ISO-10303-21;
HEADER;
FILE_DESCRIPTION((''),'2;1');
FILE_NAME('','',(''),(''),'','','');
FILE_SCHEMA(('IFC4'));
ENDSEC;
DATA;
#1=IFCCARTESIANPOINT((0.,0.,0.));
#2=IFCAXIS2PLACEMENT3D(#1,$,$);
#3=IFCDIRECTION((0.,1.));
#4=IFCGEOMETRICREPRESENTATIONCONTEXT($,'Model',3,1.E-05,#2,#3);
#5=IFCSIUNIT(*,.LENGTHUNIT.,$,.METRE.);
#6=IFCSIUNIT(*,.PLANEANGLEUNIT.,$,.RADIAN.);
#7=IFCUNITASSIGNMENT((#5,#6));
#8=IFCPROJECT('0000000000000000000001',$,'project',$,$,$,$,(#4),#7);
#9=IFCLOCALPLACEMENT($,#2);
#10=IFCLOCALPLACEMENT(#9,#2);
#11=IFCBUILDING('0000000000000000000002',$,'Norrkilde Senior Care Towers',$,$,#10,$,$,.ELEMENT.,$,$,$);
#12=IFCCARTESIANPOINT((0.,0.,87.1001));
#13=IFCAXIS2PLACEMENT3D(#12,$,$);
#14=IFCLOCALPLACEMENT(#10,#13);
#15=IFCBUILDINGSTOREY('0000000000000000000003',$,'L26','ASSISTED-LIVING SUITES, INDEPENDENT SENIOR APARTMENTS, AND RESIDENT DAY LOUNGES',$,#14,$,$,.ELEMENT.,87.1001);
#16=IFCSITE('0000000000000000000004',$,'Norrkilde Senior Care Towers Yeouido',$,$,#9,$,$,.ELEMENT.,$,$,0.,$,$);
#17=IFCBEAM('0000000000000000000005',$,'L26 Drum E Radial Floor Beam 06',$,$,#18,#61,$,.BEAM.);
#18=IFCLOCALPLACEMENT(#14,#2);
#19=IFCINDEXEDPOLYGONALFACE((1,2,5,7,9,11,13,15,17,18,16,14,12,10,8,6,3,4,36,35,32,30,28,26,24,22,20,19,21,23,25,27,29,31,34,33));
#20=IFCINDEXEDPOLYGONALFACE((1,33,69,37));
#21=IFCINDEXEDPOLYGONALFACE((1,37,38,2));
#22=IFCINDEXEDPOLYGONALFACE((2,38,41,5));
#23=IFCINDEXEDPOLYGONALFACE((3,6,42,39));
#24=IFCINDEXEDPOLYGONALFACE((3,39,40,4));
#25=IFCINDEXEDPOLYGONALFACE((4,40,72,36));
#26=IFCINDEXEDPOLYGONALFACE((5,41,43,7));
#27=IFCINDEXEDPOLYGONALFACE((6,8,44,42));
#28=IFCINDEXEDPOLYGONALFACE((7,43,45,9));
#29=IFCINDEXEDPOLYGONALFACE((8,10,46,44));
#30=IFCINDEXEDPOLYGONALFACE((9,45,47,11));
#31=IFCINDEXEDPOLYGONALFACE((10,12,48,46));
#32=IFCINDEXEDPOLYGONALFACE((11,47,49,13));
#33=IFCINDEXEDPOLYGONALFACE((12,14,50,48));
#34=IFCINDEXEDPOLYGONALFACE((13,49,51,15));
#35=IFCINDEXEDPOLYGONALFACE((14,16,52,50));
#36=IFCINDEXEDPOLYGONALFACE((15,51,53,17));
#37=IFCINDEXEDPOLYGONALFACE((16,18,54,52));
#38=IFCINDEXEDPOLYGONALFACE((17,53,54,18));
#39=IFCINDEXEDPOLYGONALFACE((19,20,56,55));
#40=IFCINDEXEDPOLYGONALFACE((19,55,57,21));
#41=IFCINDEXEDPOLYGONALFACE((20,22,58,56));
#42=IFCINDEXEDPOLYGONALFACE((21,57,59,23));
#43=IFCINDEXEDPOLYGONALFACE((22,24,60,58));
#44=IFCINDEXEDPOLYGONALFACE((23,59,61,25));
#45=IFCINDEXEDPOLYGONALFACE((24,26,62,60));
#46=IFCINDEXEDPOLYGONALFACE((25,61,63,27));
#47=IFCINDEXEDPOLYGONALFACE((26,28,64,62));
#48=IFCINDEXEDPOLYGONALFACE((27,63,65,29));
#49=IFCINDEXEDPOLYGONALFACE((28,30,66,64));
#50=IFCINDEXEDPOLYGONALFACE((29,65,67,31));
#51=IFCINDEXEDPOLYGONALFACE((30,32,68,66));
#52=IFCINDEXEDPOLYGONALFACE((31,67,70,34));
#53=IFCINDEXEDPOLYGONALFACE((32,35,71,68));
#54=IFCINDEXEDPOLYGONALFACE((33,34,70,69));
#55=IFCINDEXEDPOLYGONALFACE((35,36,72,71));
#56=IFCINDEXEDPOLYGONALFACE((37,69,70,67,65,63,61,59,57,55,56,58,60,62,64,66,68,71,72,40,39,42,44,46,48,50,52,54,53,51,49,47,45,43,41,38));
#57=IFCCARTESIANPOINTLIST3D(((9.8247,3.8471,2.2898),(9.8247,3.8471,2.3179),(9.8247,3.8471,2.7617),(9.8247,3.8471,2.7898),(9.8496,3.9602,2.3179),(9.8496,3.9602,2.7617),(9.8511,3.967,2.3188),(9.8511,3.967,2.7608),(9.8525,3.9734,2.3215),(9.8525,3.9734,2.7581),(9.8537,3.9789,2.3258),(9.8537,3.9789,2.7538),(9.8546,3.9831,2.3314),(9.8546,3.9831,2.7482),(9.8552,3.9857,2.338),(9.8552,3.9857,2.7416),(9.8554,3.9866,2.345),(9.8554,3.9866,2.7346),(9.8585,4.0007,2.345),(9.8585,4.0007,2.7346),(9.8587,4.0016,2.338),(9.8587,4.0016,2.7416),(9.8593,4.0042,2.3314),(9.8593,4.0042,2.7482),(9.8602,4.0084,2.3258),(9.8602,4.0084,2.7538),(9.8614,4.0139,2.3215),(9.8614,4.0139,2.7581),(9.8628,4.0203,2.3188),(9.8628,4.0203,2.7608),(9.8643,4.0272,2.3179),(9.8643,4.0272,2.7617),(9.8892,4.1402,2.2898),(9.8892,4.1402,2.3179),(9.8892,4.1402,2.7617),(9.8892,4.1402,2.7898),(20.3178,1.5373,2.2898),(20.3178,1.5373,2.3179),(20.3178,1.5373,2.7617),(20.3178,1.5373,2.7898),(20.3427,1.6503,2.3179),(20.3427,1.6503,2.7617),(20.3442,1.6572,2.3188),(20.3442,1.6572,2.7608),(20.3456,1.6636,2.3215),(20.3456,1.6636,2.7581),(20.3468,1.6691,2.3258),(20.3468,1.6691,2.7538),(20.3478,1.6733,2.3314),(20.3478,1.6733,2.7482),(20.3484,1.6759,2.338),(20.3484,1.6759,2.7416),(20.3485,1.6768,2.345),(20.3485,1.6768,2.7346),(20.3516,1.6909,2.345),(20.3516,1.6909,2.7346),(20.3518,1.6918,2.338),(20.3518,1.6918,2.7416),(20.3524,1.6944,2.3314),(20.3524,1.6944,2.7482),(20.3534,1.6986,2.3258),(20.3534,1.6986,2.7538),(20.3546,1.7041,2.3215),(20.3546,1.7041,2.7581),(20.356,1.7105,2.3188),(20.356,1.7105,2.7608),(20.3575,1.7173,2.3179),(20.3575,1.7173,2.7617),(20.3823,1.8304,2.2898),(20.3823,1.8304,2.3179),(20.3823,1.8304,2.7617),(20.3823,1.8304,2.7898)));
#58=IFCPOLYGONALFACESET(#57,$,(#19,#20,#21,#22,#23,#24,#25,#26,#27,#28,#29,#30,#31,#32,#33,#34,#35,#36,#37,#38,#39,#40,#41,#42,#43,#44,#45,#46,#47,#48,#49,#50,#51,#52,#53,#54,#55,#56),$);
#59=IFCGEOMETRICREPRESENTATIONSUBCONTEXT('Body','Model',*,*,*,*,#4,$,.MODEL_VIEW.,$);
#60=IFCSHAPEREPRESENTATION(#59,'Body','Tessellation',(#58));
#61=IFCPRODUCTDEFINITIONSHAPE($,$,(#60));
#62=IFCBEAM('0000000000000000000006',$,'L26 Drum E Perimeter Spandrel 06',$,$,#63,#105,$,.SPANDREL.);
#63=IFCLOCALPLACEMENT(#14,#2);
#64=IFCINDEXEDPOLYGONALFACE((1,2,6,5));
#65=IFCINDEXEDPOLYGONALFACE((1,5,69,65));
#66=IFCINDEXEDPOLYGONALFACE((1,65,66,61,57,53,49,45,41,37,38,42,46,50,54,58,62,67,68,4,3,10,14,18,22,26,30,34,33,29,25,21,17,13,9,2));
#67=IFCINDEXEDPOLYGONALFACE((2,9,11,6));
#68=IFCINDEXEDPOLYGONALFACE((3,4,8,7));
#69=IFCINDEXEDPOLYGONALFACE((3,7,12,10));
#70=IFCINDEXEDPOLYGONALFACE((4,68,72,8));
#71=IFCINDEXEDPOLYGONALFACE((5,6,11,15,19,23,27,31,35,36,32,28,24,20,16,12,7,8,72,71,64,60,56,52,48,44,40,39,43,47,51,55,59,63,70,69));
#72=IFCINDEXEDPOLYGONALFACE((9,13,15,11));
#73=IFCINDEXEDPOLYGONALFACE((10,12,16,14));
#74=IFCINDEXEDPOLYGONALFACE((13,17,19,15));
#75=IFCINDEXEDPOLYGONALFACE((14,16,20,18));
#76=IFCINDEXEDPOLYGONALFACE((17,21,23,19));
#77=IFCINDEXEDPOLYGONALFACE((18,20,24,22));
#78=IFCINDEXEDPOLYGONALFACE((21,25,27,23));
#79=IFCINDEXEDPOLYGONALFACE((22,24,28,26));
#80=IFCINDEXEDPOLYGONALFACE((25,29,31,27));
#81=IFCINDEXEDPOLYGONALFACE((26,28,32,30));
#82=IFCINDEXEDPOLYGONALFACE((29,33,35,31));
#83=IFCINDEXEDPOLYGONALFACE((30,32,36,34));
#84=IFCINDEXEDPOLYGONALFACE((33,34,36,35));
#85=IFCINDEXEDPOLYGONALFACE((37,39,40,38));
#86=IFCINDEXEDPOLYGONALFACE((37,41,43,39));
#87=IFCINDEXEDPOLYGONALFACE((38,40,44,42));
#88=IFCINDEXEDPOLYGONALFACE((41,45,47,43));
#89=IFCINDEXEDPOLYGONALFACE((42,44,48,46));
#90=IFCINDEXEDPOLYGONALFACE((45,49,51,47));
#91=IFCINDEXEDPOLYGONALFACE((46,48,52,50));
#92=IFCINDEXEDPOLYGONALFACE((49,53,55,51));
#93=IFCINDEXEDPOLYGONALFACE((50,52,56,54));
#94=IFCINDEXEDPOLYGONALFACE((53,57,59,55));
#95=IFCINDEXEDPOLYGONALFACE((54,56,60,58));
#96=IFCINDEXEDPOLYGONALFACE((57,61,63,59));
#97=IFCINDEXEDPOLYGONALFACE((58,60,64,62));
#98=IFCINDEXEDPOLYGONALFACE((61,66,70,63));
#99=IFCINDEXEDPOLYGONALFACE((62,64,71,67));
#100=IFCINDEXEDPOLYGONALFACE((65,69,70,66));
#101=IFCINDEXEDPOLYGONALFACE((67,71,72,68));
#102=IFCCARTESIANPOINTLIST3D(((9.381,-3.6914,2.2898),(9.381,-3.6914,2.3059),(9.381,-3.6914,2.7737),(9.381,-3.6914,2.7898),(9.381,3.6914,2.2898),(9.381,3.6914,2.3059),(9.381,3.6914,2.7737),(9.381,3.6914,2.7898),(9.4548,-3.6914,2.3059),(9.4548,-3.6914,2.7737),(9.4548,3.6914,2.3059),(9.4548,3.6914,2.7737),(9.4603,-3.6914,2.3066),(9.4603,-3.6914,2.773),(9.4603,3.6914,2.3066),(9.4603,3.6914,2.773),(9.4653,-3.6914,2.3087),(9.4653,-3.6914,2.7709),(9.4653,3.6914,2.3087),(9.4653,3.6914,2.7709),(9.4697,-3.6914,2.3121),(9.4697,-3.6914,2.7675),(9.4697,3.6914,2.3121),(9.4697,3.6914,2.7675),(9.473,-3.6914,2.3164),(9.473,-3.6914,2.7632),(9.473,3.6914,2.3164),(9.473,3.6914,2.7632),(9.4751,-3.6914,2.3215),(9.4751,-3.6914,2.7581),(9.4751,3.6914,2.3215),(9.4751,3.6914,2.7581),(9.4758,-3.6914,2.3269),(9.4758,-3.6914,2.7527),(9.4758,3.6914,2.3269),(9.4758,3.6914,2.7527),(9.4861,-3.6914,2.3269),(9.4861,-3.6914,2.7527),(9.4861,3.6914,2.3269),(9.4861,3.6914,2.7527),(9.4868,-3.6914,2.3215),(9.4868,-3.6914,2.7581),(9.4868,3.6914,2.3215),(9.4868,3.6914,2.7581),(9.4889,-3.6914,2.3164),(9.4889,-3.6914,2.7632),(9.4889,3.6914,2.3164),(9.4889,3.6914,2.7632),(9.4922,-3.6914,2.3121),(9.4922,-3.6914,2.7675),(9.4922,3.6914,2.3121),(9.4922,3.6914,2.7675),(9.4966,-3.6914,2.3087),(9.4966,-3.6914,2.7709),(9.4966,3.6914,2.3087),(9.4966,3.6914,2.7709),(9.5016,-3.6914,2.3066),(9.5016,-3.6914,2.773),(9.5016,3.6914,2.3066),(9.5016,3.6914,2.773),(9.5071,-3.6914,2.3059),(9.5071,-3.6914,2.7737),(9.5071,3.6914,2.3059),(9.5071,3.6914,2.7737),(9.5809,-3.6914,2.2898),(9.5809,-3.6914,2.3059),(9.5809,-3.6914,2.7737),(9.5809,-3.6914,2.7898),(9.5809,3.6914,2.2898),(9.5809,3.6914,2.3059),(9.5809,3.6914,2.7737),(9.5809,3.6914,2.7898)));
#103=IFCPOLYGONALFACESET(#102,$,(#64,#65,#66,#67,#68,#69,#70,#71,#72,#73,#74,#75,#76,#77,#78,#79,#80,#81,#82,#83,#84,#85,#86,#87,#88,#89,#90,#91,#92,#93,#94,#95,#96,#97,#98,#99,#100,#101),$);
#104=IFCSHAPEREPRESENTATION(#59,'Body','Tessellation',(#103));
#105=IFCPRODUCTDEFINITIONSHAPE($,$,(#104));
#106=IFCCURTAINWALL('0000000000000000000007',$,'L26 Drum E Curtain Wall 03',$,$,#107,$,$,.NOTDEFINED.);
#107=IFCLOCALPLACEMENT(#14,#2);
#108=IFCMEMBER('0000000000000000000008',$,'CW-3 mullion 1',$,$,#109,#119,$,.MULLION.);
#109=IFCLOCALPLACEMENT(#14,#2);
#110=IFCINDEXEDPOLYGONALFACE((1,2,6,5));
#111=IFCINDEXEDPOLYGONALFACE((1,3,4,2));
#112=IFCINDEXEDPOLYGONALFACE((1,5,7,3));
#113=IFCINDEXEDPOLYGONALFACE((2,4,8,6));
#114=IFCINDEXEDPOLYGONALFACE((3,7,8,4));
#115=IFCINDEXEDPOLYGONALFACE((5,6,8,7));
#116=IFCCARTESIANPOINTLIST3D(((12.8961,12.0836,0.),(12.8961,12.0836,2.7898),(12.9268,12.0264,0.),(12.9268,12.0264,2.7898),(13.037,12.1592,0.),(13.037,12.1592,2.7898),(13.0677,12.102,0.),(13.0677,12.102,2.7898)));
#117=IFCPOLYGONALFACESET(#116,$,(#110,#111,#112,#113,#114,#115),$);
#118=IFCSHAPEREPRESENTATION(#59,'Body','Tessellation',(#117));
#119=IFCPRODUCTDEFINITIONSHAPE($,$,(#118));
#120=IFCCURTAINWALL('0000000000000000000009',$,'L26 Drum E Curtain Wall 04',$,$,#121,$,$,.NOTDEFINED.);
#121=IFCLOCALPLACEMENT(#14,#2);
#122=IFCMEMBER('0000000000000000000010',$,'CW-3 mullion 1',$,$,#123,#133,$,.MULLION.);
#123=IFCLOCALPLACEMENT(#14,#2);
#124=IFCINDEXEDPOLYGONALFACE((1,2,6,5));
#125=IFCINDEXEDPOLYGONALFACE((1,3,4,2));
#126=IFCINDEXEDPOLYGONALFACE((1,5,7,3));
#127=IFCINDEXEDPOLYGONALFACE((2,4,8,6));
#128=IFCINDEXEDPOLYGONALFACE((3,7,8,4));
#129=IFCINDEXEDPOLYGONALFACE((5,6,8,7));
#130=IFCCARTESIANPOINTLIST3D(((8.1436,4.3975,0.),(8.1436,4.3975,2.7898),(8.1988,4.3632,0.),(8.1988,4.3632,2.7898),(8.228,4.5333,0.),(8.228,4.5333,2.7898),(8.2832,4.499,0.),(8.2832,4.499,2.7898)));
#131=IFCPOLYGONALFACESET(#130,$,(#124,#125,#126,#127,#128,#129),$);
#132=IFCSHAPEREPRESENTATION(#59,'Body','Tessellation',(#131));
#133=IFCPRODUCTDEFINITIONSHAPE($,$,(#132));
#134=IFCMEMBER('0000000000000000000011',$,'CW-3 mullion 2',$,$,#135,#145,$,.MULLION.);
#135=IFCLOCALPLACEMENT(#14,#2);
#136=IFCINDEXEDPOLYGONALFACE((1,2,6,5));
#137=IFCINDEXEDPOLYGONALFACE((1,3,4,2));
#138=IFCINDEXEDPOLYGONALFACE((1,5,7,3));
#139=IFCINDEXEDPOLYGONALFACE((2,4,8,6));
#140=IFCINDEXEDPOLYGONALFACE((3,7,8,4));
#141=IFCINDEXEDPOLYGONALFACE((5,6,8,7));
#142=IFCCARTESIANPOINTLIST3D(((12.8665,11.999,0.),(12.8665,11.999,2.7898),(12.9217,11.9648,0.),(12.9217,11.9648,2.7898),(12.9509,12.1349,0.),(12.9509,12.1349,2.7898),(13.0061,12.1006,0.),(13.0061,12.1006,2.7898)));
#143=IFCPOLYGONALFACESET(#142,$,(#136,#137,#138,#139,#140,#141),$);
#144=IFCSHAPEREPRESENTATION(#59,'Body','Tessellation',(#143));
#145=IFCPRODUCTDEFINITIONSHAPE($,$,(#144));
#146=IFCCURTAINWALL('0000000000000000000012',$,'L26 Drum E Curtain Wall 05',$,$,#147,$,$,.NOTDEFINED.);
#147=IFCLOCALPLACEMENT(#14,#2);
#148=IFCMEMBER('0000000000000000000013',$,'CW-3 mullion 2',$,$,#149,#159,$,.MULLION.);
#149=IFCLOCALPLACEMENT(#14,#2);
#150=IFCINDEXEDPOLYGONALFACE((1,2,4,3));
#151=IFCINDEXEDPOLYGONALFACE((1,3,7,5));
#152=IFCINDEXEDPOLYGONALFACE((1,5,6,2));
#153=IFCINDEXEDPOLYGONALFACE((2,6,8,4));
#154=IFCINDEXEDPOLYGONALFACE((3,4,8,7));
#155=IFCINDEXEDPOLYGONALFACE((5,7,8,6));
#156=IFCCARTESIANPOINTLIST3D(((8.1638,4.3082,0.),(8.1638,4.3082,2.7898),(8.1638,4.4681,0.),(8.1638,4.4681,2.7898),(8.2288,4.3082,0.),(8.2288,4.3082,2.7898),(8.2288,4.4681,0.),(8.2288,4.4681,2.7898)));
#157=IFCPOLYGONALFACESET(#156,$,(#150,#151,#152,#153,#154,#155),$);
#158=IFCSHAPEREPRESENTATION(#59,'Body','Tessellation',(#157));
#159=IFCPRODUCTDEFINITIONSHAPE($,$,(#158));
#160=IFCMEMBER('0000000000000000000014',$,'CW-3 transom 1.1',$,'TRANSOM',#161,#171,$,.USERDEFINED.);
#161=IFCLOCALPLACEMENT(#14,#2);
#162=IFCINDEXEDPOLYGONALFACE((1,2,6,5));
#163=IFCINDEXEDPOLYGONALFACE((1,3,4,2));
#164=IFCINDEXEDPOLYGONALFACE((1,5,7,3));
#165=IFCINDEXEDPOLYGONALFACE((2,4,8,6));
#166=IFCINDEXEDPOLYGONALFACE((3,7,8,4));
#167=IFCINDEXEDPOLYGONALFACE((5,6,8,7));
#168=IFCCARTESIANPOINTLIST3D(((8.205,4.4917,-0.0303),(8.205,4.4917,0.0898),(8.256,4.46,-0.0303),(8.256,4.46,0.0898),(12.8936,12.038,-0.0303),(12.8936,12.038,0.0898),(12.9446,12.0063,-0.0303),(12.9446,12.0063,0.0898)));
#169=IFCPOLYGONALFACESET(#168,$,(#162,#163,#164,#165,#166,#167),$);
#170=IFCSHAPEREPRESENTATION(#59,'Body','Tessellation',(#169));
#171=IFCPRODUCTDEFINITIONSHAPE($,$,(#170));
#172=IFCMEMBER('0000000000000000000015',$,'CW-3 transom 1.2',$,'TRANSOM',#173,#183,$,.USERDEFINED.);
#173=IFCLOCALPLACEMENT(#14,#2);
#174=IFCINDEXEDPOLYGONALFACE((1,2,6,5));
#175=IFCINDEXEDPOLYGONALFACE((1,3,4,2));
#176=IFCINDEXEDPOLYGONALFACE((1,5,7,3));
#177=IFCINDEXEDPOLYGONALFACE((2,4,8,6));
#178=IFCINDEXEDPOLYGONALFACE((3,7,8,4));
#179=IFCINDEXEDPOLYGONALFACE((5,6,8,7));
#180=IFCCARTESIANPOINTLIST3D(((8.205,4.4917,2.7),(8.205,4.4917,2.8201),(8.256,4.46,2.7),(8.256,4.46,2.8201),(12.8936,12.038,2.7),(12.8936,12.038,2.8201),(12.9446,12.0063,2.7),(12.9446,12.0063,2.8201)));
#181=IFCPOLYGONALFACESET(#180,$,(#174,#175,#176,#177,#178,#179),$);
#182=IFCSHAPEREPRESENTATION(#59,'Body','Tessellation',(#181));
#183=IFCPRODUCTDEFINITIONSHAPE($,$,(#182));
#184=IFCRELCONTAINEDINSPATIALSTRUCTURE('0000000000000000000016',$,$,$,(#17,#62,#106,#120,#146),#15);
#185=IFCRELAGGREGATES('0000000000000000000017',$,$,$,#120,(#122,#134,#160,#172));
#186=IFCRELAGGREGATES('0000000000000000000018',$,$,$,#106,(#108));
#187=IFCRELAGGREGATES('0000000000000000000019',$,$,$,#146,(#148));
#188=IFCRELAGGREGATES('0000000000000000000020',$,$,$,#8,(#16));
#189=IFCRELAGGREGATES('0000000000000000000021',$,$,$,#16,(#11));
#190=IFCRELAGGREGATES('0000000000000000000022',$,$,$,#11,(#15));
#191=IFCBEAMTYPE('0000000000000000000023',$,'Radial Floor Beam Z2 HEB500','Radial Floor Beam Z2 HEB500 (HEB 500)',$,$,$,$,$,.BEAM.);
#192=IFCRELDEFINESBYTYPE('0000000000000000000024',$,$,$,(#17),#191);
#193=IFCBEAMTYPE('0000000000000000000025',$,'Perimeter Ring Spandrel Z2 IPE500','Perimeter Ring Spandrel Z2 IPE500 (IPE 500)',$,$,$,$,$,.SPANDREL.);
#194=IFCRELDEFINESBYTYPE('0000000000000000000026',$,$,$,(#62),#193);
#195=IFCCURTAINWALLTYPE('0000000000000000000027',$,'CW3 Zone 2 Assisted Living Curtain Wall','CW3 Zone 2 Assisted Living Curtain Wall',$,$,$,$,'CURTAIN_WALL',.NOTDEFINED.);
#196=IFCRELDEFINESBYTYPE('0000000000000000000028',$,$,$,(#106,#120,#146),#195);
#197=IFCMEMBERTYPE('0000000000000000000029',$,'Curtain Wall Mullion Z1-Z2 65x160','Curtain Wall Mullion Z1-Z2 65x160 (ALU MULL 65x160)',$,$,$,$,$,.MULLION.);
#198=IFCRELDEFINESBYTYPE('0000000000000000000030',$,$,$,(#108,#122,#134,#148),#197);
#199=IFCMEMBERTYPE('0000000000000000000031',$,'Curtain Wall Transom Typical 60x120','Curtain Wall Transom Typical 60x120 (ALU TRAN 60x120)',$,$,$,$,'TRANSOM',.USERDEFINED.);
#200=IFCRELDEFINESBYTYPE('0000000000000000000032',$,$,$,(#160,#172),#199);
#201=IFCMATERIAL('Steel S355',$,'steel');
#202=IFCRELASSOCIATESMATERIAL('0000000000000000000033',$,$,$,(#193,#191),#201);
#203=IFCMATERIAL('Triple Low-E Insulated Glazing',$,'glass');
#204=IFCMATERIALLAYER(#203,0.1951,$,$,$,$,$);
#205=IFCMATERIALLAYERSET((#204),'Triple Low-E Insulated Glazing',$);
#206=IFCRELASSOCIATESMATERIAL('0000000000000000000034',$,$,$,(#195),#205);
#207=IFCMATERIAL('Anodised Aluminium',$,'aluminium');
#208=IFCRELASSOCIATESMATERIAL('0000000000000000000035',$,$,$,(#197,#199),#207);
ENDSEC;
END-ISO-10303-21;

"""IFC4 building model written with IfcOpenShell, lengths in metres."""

from ifc_helpers import new_model, si_unit, direction, frame, origin, origin_2d, place, context, subcontext, project, spatial, rectangle, i_section, extrude, source, transform, mapped, material, layer, layer_set, material_profile, profile_set, type_object, type_shapes, element, aggregate, save


model = new_model("IFC4")

# Units and contexts
model_context = context("Model", 3, precision=1e-05, world=origin(), true_north=direction((0.0, 1.0)))
body_context = subcontext(model_context, "Body", "Model", "MODEL_VIEW")
ifc_project = project(units=[si_unit("LENGTHUNIT", "METRE"), si_unit("PLANEANGLEUNIT", "RADIAN")], contexts=[model_context])

# Site, building, storey
site_placement = place(None, origin())
site = spatial("IfcSite", under=ifc_project, at=site_placement, Name="Norrkilde Senior Care Towers Yeouido", CompositionType="ELEMENT", RefElevation=0.0)
building_placement = place(site_placement, origin())
building = spatial("IfcBuilding", under=site, at=building_placement, Name="Norrkilde Senior Care Towers", CompositionType="ELEMENT")
storey_placement = place(building_placement, frame((0.0, 0.0, 87.1001)))
storey = spatial("IfcBuildingStorey", under=building, at=storey_placement, Name="L26", Description="ASSISTED-LIVING SUITES, INDEPENDENT SENIOR APARTMENTS, AND RESIDENT DAY LOUNGES", CompositionType="ELEMENT", Elevation=87.1001)

# Beams
ifc_material_1 = material(Name="Steel S355", Category="steel")
ifc_material_profile_1 = material_profile(ifc_material_1, i_section(OverallWidth=0.2, OverallDepth=0.5, WebThickness=0.0103, FlangeThickness=0.0161, FilletRadius=0.021, at=origin_2d()), Name="IPE 500")
ifc_profile_set_1 = profile_set([ifc_material_profile_1], Name="Steel S355")
beam_type_1 = type_object("IfcBeamType", Name="Perimeter Ring Spandrel Z2 IPE500", Description="Perimeter Ring Spandrel Z2 IPE500 (IPE 500)", PredefinedType="SPANDREL", material=ifc_profile_set_1)
ifc_material_profile_2 = material_profile(ifc_material_1, i_section(OverallWidth=0.3, OverallDepth=0.5, WebThickness=0.0144, FlangeThickness=0.0281, FilletRadius=0.0271, at=origin_2d()), Name="HEB 500")
ifc_profile_set_2 = profile_set([ifc_material_profile_2], Name="Steel S355")
beam_type_2 = type_object("IfcBeamType", Name="Radial Floor Beam Z2 HEB500", Description="Radial Floor Beam Z2 HEB500 (HEB 500)", PredefinedType="BEAM", material=ifc_profile_set_2)
shared_shape_1 = source(origin(), body_context, "Body", "SweptSolid", [
    extrude(i_section(OverallWidth=0.3, OverallDepth=0.5, WebThickness=0.0144, FlangeThickness=0.0281, FilletRadius=0.0271, at=origin_2d()), origin(), (0.0, 0.0, 1.0), 10.7444),
])
type_shapes(beam_type_2, [shared_shape_1])
beam_1_placement = place(storey_placement, frame((20.3501, 1.6838, 2.5398), z_axis=(-0.976619, 0.214979, 0.0), x_axis=(-0.214979, -0.976619, 0.0)))
element("IfcBeam", 1, at=beam_1_placement, inside=storey, type_object=beam_type_2, Name="L26 Drum E Radial Floor Beam 06", PredefinedType="BEAM", context=body_context, shape_type="MappedRepresentation", body=[
    mapped(shared_shape_1, transform((0.0, 0.0, 0.0), x_axis=(1.0, 0.0, 0.0), y_axis=(0.0, 1.0, 0.0), z_axis=(0.0, 0.0, 1.0), scale=1.0)),
])
shared_shape_2 = source(origin(), body_context, "Body", "SweptSolid", [
    extrude(i_section(OverallWidth=0.2, OverallDepth=0.5, WebThickness=0.0103, FlangeThickness=0.0161, FilletRadius=0.021, at=origin_2d()), origin(), (0.0, 0.0, 1.0), 7.3828),
])
beam_2_placement = place(storey_placement, frame((9.481, 3.6914, 2.5398), z_axis=(0.0, -1.0, 0.0), x_axis=(1.0, 0.0, 0.0)))
element("IfcBeam", 2, at=beam_2_placement, inside=storey, type_object=beam_type_1, Name="L26 Drum E Perimeter Spandrel 06", PredefinedType="SPANDREL", context=body_context, shape_type="MappedRepresentation", body=[
    mapped(shared_shape_2, transform((0.0, 0.0, 0.0), x_axis=(1.0, 0.0, 0.0), y_axis=(0.0, 1.0, 0.0), z_axis=(0.0, 0.0, 1.0), scale=1.0)),
])

# Curtain wall, member
ifc_material_2 = material(Name="Triple Low-E Insulated Glazing", Category="glass")
ifc_layer_1 = layer(ifc_material_2, 0.1951)
ifc_layer_set_1 = layer_set([ifc_layer_1], Name="Triple Low-E Insulated Glazing")
curtain_wall_type = type_object("IfcCurtainWallType", Name="CW3 Zone 2 Assisted Living Curtain Wall", Description="CW3 Zone 2 Assisted Living Curtain Wall", ElementType="CURTAIN_WALL", PredefinedType="NOTDEFINED", material=ifc_layer_set_1)
curtain_wall_1_placement = place(storey_placement, origin())
curtain_wall_1 = element("IfcCurtainWall", 3, at=curtain_wall_1_placement, inside=storey, type_object=curtain_wall_type, Name="L26 Drum E Curtain Wall 03", PredefinedType="NOTDEFINED")
ifc_material_3 = material(Name="Anodised Aluminium", Category="aluminium")
ifc_material_profile_3 = material_profile(ifc_material_3, rectangle(XDim=0.0649, YDim=0.1599, at=origin_2d()), Name="ALU MULL 65x160")
ifc_profile_set_3 = profile_set([ifc_material_profile_3], Name="Anodised Aluminium")
member_type_1 = type_object("IfcMemberType", Name="Curtain Wall Mullion Z1-Z2 65x160", Description="Curtain Wall Mullion Z1-Z2 65x160 (ALU MULL 65x160)", PredefinedType="MULLION", material=ifc_profile_set_3)
shared_shape_3 = source(origin(), body_context, "Body", "SweptSolid", [
    extrude(rectangle(XDim=0.0649, YDim=0.1599, at=origin_2d()), origin(), (0.0, 0.0, 1.0), 2.7898),
])
type_shapes(member_type_1, [shared_shape_3])
member_1_placement = place(storey_placement, frame((12.9819, 12.0928, 0.0), z_axis=(0.0, 0.0, 1.0), x_axis=(-0.472769, 0.881186, 0.0)))
member_1 = element("IfcMember", 4, at=member_1_placement, type_object=member_type_1, Name="CW-3 mullion 1", PredefinedType="MULLION", context=body_context, shape_type="MappedRepresentation", body=[
    mapped(shared_shape_3, transform((0.0, 0.0, 0.0), x_axis=(1.0, 0.0, 0.0), y_axis=(0.0, 1.0, 0.0), z_axis=(0.0, 0.0, 1.0), scale=1.0)),
])

# Curtain wall, members
curtain_wall_2_placement = place(storey_placement, origin())
curtain_wall_2 = element("IfcCurtainWall", 5, at=curtain_wall_2_placement, inside=storey, type_object=curtain_wall_type, Name="L26 Drum E Curtain Wall 04", PredefinedType="NOTDEFINED")
member_2_placement = place(storey_placement, frame((8.2134, 4.4482, 0.0), z_axis=(0.0, 0.0, 1.0), x_axis=(-0.84941, 0.527733, 0.0)))
member_2 = element("IfcMember", 6, at=member_2_placement, type_object=member_type_1, Name="CW-3 mullion 1", PredefinedType="MULLION", context=body_context, shape_type="MappedRepresentation", body=[
    mapped(shared_shape_3, transform((0.0, 0.0, 0.0), x_axis=(1.0, 0.0, 0.0), y_axis=(0.0, 1.0, 0.0), z_axis=(0.0, 0.0, 1.0), scale=1.0)),
])
member_3_placement = place(storey_placement, frame((12.9363, 12.0498, 0.0), z_axis=(0.0, 0.0, 1.0), x_axis=(-0.84941, 0.527733, 0.0)))
member_3 = element("IfcMember", 7, at=member_3_placement, type_object=member_type_1, Name="CW-3 mullion 2", PredefinedType="MULLION", context=body_context, shape_type="MappedRepresentation", body=[
    mapped(shared_shape_3, transform((0.0, 0.0, 0.0), x_axis=(1.0, 0.0, 0.0), y_axis=(0.0, 1.0, 0.0), z_axis=(0.0, 0.0, 1.0), scale=1.0)),
])

# Curtain wall, member
curtain_wall_3_placement = place(storey_placement, origin())
curtain_wall_3 = element("IfcCurtainWall", 8, at=curtain_wall_3_placement, inside=storey, type_object=curtain_wall_type, Name="L26 Drum E Curtain Wall 05", PredefinedType="NOTDEFINED")
member_4_placement = place(storey_placement, frame((8.1963, 4.3882, 0.0), z_axis=(0.0, 0.0, 1.0), x_axis=(-1.0, 0.0, 0.0)))
member_4 = element("IfcMember", 9, at=member_4_placement, type_object=member_type_1, Name="CW-3 mullion 2", PredefinedType="MULLION", context=body_context, shape_type="MappedRepresentation", body=[
    mapped(shared_shape_3, transform((0.0, 0.0, 0.0), x_axis=(1.0, 0.0, 0.0), y_axis=(0.0, 1.0, 0.0), z_axis=(0.0, 0.0, 1.0), scale=1.0)),
])

# Members
ifc_material_profile_4 = material_profile(ifc_material_3, rectangle(XDim=0.0601, YDim=0.1201, at=origin_2d()), Name="ALU TRAN 60x120")
ifc_profile_set_4 = profile_set([ifc_material_profile_4], Name="Anodised Aluminium")
member_type_2 = type_object("IfcMemberType", Name="Curtain Wall Transom Typical 60x120", Description="Curtain Wall Transom Typical 60x120 (ALU TRAN 60x120)", ElementType="TRANSOM", PredefinedType="USERDEFINED", material=ifc_profile_set_4)
shared_shape_4 = source(origin(), body_context, "Body", "SweptSolid", [
    extrude(rectangle(XDim=0.0601, YDim=0.1201, at=origin_2d()), origin(), (0.0, 0.0, 1.0), 8.8843),
])
member_5_placement = place(storey_placement, frame((8.2305, 4.4758, 0.0298), z_axis=(0.527749, 0.8494, 0.0), x_axis=(-0.8494, 0.527749, 0.0)))
member_5 = element("IfcMember", 10, at=member_5_placement, type_object=member_type_2, Name="CW-3 transom 1.1", ObjectType="TRANSOM", PredefinedType="USERDEFINED", context=body_context, shape_type="MappedRepresentation", body=[
    mapped(shared_shape_4, transform((0.0, 0.0, 0.0), x_axis=(1.0, 0.0, 0.0), y_axis=(0.0, 1.0, 0.0), z_axis=(0.0, 0.0, 1.0), scale=1.0)),
])
member_6_placement = place(storey_placement, frame((8.2305, 4.4758, 2.76), z_axis=(0.527749, 0.8494, 0.0), x_axis=(-0.8494, 0.527749, 0.0)))
member_6 = element("IfcMember", 11, at=member_6_placement, type_object=member_type_2, Name="CW-3 transom 1.2", ObjectType="TRANSOM", PredefinedType="USERDEFINED", context=body_context, shape_type="MappedRepresentation", body=[
    mapped(shared_shape_4, transform((0.0, 0.0, 0.0), x_axis=(1.0, 0.0, 0.0), y_axis=(0.0, 1.0, 0.0), z_axis=(0.0, 0.0, 1.0), scale=1.0)),
])

aggregate(curtain_wall_2, [member_2, member_3, member_5, member_6])
aggregate(curtain_wall_1, [member_1])
aggregate(curtain_wall_3, [member_4])

save(model, "model.ifc")
